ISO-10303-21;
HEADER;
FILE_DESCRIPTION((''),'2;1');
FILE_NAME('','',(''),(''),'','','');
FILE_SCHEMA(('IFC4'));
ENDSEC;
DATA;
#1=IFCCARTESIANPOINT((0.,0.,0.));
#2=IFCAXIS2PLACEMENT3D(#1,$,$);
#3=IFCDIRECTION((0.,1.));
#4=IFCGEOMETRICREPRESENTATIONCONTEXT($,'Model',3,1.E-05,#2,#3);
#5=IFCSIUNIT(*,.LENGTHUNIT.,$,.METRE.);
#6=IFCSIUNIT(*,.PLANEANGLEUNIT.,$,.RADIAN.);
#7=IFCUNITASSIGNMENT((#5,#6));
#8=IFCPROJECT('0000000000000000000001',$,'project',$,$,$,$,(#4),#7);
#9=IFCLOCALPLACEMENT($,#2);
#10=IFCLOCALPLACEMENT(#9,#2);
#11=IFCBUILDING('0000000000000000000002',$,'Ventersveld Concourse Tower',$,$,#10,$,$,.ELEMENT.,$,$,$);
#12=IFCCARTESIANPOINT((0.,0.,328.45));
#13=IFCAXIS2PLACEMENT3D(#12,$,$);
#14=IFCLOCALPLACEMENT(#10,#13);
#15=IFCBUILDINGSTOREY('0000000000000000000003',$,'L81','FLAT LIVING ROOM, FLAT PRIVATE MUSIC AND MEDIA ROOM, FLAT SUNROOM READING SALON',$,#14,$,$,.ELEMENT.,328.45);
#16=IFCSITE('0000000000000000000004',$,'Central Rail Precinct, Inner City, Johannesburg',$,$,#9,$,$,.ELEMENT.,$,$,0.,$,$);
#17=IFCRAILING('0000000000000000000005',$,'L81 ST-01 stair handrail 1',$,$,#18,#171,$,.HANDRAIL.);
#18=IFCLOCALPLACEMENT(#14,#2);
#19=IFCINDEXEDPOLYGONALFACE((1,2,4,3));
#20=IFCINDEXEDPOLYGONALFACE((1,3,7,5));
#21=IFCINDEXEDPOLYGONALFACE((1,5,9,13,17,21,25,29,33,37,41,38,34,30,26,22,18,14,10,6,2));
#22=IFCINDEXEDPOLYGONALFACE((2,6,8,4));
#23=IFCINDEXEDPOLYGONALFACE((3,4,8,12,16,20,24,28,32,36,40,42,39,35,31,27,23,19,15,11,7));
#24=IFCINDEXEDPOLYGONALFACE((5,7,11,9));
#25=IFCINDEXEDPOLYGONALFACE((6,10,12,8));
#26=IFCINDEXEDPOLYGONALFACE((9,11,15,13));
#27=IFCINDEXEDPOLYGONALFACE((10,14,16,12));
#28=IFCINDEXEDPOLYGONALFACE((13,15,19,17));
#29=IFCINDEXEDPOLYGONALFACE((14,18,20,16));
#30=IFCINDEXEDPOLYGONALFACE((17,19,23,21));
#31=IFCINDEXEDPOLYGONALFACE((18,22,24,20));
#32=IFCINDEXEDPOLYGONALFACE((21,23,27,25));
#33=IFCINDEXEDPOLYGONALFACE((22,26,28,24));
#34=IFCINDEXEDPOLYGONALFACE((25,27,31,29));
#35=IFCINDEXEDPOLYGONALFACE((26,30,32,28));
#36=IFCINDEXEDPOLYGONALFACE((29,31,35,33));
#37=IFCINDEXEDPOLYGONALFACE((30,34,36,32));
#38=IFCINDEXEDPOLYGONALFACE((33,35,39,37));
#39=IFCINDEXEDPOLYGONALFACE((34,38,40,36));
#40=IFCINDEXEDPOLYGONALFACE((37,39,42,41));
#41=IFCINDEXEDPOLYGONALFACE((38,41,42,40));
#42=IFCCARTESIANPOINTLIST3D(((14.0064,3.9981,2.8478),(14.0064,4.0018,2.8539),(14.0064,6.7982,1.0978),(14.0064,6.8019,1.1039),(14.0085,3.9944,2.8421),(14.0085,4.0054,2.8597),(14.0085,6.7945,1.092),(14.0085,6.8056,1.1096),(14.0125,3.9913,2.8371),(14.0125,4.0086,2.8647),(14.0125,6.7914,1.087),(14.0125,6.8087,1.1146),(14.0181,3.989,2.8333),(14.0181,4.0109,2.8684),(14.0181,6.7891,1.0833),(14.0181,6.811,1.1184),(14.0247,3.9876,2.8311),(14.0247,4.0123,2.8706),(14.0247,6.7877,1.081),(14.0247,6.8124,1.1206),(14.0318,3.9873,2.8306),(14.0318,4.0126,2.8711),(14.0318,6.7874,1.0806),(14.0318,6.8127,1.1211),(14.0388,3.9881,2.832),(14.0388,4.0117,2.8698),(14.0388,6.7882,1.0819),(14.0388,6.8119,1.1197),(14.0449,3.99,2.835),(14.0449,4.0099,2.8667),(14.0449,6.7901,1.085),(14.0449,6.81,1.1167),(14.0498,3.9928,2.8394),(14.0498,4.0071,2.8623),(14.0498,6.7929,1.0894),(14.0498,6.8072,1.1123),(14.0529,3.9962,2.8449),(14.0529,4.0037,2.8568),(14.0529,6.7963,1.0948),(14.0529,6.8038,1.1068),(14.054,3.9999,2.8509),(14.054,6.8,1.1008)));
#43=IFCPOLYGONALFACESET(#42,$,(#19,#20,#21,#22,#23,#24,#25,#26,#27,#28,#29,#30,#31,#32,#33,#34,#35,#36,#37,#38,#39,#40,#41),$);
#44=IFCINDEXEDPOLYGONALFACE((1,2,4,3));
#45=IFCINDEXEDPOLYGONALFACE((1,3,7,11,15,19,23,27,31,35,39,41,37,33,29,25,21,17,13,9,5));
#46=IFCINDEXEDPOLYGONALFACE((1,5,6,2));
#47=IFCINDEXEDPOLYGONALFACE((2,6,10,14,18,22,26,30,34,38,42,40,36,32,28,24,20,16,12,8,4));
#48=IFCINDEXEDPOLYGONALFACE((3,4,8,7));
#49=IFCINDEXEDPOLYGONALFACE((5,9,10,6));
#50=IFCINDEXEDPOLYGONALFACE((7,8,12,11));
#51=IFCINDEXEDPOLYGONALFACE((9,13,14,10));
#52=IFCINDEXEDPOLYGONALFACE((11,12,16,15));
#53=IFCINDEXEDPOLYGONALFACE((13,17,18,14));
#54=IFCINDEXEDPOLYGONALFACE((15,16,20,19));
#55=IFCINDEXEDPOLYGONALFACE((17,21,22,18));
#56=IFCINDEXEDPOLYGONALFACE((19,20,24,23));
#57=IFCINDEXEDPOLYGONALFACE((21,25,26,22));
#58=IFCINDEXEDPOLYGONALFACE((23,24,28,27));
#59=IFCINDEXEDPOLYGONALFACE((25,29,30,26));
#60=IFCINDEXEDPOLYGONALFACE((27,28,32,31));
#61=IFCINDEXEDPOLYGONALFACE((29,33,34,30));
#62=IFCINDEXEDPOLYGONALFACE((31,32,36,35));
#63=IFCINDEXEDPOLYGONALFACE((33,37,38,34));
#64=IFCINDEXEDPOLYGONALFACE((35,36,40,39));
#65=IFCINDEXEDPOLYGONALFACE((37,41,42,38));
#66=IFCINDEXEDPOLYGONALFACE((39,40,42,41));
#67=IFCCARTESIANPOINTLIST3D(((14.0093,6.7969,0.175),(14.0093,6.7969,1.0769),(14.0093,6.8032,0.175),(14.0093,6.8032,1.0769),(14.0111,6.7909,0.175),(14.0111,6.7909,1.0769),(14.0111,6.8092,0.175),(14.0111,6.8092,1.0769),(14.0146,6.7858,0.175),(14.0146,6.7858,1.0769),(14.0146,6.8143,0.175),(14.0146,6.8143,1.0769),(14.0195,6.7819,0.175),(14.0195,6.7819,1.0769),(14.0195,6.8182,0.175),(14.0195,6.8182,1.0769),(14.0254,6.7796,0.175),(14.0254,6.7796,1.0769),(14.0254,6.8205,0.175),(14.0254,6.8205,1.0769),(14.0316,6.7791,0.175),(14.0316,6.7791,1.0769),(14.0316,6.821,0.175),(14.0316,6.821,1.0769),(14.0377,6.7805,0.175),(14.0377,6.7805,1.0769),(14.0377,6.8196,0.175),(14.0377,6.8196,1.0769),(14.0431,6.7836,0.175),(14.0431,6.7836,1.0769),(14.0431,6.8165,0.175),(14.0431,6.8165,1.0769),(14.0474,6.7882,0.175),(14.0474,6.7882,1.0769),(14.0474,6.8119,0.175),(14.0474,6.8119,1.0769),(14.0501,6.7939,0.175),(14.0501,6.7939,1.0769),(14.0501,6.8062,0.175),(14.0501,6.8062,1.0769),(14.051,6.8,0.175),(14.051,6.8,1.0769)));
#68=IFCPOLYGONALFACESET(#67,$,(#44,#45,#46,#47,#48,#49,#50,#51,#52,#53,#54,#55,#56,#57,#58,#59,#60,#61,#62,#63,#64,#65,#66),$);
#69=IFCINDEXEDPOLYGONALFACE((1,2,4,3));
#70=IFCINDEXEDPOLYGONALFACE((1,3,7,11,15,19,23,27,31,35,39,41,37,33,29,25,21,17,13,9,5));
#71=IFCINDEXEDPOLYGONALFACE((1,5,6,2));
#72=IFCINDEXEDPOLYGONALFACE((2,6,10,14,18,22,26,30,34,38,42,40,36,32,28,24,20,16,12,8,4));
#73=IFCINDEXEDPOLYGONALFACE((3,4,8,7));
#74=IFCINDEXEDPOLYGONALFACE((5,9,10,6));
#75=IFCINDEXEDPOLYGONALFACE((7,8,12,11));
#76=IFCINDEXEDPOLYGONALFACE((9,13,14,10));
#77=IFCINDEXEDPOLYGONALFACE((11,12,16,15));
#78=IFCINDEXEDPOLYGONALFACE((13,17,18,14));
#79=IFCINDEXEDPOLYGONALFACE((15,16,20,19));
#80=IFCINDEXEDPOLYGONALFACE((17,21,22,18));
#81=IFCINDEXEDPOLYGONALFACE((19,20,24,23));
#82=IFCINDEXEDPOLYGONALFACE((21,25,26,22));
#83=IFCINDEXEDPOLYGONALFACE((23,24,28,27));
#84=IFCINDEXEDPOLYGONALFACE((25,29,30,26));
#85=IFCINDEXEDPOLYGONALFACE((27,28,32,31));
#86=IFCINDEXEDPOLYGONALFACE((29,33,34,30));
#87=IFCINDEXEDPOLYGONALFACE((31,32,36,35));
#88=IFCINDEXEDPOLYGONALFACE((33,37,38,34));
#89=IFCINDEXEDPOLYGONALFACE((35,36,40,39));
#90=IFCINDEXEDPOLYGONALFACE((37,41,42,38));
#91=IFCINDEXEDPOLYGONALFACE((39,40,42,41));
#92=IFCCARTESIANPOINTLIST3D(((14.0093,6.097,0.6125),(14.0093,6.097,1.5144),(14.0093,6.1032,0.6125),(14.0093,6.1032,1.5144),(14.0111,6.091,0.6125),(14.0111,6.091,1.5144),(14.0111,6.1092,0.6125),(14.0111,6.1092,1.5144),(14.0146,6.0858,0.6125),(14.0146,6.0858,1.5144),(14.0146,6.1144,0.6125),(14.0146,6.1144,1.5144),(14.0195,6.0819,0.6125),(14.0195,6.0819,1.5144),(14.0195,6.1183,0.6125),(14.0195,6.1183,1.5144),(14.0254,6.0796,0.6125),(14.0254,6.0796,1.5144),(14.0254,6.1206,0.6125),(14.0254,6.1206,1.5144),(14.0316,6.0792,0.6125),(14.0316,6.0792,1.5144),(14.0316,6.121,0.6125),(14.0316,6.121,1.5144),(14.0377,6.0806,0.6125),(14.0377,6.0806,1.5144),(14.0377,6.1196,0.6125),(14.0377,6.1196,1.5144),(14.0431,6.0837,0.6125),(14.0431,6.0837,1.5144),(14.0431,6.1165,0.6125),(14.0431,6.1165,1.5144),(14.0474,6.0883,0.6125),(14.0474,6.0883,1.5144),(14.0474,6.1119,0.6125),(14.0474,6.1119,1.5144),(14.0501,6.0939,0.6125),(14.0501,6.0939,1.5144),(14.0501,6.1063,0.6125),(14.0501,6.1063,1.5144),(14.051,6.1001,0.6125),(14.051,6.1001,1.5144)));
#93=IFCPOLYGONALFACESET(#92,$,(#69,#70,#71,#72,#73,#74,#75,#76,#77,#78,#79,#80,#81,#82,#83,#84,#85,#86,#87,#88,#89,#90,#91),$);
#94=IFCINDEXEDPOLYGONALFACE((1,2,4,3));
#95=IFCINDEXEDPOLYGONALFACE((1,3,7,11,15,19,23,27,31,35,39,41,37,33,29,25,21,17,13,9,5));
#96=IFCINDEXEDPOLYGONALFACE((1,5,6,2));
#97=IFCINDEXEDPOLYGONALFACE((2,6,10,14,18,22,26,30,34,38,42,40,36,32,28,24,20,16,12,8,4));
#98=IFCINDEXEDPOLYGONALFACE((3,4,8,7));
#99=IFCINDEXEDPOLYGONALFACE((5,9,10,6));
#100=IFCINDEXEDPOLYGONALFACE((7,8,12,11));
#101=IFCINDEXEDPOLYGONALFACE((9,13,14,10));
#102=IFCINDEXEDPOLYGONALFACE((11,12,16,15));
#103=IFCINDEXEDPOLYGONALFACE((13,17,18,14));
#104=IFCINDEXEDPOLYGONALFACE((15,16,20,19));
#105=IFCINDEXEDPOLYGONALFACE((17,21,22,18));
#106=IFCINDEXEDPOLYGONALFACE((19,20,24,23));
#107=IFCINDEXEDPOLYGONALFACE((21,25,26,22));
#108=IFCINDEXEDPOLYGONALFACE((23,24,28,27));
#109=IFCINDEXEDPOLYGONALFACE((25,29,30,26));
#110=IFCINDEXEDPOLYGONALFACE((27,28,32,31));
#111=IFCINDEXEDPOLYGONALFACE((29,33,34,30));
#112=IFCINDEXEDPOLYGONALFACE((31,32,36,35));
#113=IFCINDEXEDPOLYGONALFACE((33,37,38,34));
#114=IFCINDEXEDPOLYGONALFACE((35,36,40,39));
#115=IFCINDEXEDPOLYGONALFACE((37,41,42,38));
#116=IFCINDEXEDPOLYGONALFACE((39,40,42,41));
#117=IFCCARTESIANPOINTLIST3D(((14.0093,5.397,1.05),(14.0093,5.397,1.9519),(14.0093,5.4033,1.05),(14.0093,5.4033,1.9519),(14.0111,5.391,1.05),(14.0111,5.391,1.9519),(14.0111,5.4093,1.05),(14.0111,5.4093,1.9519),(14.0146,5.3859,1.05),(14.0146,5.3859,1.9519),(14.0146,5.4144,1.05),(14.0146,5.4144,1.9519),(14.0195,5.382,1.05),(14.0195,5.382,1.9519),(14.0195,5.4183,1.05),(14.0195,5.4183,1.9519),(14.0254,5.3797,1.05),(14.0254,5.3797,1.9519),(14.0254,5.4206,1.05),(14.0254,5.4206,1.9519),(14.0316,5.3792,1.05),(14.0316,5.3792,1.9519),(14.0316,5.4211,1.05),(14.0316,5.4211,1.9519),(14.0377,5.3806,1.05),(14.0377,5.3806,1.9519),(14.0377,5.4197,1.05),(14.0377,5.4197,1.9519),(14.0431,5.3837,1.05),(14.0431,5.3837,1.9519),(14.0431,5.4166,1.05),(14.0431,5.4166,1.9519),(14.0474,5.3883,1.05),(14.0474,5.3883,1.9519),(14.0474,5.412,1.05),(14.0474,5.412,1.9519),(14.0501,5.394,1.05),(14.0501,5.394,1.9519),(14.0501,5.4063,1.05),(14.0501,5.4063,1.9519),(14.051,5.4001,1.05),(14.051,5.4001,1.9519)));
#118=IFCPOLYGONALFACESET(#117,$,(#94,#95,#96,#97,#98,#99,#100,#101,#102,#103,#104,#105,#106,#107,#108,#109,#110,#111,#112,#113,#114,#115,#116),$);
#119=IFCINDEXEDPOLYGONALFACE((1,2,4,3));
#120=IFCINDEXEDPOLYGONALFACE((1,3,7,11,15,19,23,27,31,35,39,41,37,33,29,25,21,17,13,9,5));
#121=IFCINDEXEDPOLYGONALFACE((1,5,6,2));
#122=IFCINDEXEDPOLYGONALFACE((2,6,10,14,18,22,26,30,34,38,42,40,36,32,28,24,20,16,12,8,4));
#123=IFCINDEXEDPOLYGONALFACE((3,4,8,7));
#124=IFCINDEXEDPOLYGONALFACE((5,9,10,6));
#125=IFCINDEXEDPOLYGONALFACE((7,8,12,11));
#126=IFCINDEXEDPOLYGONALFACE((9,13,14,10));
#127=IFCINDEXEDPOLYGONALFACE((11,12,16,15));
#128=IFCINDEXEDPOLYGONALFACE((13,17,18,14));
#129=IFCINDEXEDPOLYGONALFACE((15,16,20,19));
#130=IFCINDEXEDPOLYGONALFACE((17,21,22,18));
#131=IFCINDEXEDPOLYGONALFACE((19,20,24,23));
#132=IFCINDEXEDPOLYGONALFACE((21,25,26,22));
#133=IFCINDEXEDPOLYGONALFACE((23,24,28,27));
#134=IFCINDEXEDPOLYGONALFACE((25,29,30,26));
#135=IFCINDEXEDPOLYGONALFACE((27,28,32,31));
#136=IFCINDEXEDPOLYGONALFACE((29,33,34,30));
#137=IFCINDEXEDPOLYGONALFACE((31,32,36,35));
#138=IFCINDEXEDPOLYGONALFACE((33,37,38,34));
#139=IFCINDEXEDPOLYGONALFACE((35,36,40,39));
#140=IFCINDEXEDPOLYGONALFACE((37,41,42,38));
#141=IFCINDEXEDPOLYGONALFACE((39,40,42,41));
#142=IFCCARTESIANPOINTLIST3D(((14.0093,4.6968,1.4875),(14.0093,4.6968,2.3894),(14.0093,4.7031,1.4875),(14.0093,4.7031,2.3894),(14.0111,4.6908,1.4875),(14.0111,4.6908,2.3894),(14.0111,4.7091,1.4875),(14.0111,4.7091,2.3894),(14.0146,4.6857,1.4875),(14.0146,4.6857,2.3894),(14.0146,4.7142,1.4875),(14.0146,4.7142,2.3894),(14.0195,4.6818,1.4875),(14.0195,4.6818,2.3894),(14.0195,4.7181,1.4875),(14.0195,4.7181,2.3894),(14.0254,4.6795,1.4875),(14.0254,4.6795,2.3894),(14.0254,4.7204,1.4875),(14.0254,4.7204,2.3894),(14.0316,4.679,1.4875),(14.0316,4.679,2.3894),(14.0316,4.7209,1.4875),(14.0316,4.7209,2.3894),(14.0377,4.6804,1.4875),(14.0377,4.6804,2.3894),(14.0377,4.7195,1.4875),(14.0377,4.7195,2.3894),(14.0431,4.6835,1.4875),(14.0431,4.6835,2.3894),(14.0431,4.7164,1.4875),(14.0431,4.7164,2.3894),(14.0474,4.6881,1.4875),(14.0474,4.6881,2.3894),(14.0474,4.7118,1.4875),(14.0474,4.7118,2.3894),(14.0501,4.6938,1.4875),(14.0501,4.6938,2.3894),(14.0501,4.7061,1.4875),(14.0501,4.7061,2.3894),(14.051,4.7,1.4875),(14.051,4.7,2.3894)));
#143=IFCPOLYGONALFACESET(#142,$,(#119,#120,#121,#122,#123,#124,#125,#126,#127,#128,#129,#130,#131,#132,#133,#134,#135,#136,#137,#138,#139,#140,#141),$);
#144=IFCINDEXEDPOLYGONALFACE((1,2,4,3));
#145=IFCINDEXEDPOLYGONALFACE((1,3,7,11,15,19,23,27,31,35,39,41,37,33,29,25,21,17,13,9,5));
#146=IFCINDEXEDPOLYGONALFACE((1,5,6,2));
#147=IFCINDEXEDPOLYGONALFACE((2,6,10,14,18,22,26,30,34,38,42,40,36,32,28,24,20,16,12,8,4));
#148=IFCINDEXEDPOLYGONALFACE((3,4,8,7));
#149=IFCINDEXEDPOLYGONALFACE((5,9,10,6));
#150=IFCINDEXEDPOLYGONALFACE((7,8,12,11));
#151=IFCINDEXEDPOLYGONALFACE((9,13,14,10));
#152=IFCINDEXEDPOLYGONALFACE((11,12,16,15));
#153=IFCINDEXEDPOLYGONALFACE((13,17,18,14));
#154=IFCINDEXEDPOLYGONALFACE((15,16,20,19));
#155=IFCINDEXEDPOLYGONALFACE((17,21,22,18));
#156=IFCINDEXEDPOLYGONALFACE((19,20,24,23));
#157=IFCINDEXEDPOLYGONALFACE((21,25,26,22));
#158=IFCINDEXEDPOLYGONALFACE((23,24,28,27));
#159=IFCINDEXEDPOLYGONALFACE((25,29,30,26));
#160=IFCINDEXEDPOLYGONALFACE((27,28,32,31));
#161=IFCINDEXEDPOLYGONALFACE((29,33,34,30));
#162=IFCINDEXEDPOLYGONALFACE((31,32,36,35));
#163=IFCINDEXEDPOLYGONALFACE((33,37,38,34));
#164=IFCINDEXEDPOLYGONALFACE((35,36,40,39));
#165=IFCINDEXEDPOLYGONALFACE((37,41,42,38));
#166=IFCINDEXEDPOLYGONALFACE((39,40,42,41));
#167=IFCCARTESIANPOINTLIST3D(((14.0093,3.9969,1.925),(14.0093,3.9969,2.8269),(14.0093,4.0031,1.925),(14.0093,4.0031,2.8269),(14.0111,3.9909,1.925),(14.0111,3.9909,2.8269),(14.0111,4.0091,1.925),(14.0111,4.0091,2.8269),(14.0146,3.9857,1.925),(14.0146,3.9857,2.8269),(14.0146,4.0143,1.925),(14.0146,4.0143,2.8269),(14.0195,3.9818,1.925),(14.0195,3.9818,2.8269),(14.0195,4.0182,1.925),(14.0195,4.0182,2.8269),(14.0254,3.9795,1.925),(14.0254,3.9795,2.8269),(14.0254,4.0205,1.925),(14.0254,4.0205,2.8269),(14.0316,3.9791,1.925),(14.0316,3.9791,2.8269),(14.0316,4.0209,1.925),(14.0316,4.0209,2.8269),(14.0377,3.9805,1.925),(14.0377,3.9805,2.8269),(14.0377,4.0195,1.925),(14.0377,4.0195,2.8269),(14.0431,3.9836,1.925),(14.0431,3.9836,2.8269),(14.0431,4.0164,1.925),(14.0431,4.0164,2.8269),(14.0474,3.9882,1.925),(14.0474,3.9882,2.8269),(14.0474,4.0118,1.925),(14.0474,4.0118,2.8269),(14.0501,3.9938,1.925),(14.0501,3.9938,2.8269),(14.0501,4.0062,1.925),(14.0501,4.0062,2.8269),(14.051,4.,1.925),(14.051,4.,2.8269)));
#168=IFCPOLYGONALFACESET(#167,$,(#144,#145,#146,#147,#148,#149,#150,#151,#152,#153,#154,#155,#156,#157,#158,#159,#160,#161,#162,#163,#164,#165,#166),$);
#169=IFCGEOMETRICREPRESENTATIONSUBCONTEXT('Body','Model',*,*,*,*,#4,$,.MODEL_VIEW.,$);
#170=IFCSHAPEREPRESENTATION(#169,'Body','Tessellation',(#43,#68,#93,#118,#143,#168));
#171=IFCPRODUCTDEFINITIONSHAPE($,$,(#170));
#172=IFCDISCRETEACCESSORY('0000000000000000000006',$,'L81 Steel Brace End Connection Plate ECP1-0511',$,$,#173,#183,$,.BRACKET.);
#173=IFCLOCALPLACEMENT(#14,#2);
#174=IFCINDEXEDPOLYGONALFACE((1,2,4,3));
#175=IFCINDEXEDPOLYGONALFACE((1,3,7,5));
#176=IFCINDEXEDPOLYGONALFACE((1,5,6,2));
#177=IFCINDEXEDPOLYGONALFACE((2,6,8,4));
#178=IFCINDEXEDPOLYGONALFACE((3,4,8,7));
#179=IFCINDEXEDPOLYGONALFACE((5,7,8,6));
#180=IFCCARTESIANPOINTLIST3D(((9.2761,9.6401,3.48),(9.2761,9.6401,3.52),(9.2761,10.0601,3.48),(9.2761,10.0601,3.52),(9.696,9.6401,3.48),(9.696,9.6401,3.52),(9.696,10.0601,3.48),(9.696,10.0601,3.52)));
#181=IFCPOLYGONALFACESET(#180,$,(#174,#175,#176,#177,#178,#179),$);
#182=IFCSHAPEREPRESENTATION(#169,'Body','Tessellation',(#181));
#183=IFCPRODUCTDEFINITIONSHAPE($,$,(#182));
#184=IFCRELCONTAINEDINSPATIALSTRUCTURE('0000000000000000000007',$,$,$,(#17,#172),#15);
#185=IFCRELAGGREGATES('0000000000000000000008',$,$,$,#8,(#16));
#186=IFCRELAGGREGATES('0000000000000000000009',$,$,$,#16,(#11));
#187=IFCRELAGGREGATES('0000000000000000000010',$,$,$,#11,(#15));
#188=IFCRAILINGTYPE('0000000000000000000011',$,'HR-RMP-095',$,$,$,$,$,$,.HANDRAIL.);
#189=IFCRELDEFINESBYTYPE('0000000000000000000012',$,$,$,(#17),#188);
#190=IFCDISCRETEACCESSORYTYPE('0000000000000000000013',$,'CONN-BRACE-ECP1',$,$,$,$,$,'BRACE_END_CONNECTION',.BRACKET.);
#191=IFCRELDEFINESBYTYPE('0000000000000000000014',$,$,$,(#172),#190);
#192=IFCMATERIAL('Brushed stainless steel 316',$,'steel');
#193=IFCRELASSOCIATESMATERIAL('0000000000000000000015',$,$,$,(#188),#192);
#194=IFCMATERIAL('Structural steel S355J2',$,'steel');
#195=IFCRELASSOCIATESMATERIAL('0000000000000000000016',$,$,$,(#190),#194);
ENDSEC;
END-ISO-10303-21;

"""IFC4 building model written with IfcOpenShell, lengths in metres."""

from ifc_helpers import new_model, si_unit, direction, frame, origin, origin_2d, place, context, subcontext, project, spatial, rectangle, circle, extrude, material, type_object, element, save


model = new_model("IFC4")

# Units and contexts
model_context = context("Model", 3, precision=1e-05, world=origin(), true_north=direction((0.0, 1.0)))
body_context = subcontext(model_context, "Body", "Model", "MODEL_VIEW")
ifc_project = project(units=[si_unit("LENGTHUNIT", "METRE"), si_unit("PLANEANGLEUNIT", "RADIAN")], contexts=[model_context])

# Site, building, storey
site_placement = place(None, origin())
site = spatial("IfcSite", under=ifc_project, at=site_placement, Name="Central Rail Precinct, Inner City, Johannesburg", CompositionType="ELEMENT", RefElevation=0.0)
building_placement = place(site_placement, origin())
building = spatial("IfcBuilding", under=site, at=building_placement, Name="Ventersveld Concourse Tower", CompositionType="ELEMENT")
storey_placement = place(building_placement, frame((0.0, 0.0, 328.45)))
storey = spatial("IfcBuildingStorey", under=building, at=storey_placement, Name="L81", Description="FLAT LIVING ROOM, FLAT PRIVATE MUSIC AND MEDIA ROOM, FLAT SUNROOM READING SALON", CompositionType="ELEMENT", Elevation=328.45)

# Shared definitions
ifc_material_1 = material(Name="Structural steel S355J2", Category="steel")

# Railing
ifc_material_2 = material(Name="Brushed stainless steel 316", Category="steel")
railing_type_1 = type_object("IfcRailingType", Name="HR-RMP-095", PredefinedType="HANDRAIL", material=ifc_material_2)
railing_1_placement = place(storey_placement, frame((14.03, 6.8, 0.175)))
element("IfcRailing", 1, at=railing_1_placement, inside=storey, type_object=railing_type_1, Name="L81 ST-01 stair handrail 1", PredefinedType="HANDRAIL", context=body_context, shape_type="SweptSolid", body=[
    extrude(circle(Radius=0.0239, at=origin_2d()), frame((0.0, 0.0, 0.9258), z_axis=(0.0, -0.848002, 0.529992), x_axis=(1.0, 0.0, 0.0)), (0.0, 0.0, 1.0), 3.302),
    extrude(circle(Radius=0.021, at=origin_2d()), origin(), (0.0, 0.0, 1.0), 0.9019),
    extrude(circle(Radius=0.021, at=origin_2d()), frame((0.0, -0.7, 0.4375)), (0.0, 0.0, 1.0), 0.9019),
    extrude(circle(Radius=0.021, at=origin_2d()), frame((0.0, -1.3999, 0.875)), (0.0, 0.0, 1.0), 0.9019),
    extrude(circle(Radius=0.021, at=origin_2d()), frame((0.0, -2.1001, 1.3125)), (0.0, 0.0, 1.0), 0.9019),
    extrude(circle(Radius=0.021, at=origin_2d()), frame((0.0, -2.8, 1.75)), (0.0, 0.0, 1.0), 0.9019),
])

# Discrete accessory
discrete_accessory_type = type_object("IfcDiscreteAccessoryType", Name="CONN-BRACE-ECP1", ElementType="BRACE_END_CONNECTION", PredefinedType="BRACKET", material=ifc_material_1)
discrete_accessory_placement = place(storey_placement, frame((9.4861, 9.8501, 3.48), z_axis=(0.0, 0.0, 1.0), x_axis=(1.0, 0.0, 0.0)))
element("IfcDiscreteAccessory", 2, at=discrete_accessory_placement, inside=storey, type_object=discrete_accessory_type, Name="L81 Steel Brace End Connection Plate ECP1-0511", PredefinedType="BRACKET", context=body_context, shape_type="SweptSolid", body=[
    extrude(rectangle(XDim=0.4199, YDim=0.4199, at=origin_2d()), origin(), (0.0, 0.0, 1.0), 0.04),
])

save(model, "model.ifc")
